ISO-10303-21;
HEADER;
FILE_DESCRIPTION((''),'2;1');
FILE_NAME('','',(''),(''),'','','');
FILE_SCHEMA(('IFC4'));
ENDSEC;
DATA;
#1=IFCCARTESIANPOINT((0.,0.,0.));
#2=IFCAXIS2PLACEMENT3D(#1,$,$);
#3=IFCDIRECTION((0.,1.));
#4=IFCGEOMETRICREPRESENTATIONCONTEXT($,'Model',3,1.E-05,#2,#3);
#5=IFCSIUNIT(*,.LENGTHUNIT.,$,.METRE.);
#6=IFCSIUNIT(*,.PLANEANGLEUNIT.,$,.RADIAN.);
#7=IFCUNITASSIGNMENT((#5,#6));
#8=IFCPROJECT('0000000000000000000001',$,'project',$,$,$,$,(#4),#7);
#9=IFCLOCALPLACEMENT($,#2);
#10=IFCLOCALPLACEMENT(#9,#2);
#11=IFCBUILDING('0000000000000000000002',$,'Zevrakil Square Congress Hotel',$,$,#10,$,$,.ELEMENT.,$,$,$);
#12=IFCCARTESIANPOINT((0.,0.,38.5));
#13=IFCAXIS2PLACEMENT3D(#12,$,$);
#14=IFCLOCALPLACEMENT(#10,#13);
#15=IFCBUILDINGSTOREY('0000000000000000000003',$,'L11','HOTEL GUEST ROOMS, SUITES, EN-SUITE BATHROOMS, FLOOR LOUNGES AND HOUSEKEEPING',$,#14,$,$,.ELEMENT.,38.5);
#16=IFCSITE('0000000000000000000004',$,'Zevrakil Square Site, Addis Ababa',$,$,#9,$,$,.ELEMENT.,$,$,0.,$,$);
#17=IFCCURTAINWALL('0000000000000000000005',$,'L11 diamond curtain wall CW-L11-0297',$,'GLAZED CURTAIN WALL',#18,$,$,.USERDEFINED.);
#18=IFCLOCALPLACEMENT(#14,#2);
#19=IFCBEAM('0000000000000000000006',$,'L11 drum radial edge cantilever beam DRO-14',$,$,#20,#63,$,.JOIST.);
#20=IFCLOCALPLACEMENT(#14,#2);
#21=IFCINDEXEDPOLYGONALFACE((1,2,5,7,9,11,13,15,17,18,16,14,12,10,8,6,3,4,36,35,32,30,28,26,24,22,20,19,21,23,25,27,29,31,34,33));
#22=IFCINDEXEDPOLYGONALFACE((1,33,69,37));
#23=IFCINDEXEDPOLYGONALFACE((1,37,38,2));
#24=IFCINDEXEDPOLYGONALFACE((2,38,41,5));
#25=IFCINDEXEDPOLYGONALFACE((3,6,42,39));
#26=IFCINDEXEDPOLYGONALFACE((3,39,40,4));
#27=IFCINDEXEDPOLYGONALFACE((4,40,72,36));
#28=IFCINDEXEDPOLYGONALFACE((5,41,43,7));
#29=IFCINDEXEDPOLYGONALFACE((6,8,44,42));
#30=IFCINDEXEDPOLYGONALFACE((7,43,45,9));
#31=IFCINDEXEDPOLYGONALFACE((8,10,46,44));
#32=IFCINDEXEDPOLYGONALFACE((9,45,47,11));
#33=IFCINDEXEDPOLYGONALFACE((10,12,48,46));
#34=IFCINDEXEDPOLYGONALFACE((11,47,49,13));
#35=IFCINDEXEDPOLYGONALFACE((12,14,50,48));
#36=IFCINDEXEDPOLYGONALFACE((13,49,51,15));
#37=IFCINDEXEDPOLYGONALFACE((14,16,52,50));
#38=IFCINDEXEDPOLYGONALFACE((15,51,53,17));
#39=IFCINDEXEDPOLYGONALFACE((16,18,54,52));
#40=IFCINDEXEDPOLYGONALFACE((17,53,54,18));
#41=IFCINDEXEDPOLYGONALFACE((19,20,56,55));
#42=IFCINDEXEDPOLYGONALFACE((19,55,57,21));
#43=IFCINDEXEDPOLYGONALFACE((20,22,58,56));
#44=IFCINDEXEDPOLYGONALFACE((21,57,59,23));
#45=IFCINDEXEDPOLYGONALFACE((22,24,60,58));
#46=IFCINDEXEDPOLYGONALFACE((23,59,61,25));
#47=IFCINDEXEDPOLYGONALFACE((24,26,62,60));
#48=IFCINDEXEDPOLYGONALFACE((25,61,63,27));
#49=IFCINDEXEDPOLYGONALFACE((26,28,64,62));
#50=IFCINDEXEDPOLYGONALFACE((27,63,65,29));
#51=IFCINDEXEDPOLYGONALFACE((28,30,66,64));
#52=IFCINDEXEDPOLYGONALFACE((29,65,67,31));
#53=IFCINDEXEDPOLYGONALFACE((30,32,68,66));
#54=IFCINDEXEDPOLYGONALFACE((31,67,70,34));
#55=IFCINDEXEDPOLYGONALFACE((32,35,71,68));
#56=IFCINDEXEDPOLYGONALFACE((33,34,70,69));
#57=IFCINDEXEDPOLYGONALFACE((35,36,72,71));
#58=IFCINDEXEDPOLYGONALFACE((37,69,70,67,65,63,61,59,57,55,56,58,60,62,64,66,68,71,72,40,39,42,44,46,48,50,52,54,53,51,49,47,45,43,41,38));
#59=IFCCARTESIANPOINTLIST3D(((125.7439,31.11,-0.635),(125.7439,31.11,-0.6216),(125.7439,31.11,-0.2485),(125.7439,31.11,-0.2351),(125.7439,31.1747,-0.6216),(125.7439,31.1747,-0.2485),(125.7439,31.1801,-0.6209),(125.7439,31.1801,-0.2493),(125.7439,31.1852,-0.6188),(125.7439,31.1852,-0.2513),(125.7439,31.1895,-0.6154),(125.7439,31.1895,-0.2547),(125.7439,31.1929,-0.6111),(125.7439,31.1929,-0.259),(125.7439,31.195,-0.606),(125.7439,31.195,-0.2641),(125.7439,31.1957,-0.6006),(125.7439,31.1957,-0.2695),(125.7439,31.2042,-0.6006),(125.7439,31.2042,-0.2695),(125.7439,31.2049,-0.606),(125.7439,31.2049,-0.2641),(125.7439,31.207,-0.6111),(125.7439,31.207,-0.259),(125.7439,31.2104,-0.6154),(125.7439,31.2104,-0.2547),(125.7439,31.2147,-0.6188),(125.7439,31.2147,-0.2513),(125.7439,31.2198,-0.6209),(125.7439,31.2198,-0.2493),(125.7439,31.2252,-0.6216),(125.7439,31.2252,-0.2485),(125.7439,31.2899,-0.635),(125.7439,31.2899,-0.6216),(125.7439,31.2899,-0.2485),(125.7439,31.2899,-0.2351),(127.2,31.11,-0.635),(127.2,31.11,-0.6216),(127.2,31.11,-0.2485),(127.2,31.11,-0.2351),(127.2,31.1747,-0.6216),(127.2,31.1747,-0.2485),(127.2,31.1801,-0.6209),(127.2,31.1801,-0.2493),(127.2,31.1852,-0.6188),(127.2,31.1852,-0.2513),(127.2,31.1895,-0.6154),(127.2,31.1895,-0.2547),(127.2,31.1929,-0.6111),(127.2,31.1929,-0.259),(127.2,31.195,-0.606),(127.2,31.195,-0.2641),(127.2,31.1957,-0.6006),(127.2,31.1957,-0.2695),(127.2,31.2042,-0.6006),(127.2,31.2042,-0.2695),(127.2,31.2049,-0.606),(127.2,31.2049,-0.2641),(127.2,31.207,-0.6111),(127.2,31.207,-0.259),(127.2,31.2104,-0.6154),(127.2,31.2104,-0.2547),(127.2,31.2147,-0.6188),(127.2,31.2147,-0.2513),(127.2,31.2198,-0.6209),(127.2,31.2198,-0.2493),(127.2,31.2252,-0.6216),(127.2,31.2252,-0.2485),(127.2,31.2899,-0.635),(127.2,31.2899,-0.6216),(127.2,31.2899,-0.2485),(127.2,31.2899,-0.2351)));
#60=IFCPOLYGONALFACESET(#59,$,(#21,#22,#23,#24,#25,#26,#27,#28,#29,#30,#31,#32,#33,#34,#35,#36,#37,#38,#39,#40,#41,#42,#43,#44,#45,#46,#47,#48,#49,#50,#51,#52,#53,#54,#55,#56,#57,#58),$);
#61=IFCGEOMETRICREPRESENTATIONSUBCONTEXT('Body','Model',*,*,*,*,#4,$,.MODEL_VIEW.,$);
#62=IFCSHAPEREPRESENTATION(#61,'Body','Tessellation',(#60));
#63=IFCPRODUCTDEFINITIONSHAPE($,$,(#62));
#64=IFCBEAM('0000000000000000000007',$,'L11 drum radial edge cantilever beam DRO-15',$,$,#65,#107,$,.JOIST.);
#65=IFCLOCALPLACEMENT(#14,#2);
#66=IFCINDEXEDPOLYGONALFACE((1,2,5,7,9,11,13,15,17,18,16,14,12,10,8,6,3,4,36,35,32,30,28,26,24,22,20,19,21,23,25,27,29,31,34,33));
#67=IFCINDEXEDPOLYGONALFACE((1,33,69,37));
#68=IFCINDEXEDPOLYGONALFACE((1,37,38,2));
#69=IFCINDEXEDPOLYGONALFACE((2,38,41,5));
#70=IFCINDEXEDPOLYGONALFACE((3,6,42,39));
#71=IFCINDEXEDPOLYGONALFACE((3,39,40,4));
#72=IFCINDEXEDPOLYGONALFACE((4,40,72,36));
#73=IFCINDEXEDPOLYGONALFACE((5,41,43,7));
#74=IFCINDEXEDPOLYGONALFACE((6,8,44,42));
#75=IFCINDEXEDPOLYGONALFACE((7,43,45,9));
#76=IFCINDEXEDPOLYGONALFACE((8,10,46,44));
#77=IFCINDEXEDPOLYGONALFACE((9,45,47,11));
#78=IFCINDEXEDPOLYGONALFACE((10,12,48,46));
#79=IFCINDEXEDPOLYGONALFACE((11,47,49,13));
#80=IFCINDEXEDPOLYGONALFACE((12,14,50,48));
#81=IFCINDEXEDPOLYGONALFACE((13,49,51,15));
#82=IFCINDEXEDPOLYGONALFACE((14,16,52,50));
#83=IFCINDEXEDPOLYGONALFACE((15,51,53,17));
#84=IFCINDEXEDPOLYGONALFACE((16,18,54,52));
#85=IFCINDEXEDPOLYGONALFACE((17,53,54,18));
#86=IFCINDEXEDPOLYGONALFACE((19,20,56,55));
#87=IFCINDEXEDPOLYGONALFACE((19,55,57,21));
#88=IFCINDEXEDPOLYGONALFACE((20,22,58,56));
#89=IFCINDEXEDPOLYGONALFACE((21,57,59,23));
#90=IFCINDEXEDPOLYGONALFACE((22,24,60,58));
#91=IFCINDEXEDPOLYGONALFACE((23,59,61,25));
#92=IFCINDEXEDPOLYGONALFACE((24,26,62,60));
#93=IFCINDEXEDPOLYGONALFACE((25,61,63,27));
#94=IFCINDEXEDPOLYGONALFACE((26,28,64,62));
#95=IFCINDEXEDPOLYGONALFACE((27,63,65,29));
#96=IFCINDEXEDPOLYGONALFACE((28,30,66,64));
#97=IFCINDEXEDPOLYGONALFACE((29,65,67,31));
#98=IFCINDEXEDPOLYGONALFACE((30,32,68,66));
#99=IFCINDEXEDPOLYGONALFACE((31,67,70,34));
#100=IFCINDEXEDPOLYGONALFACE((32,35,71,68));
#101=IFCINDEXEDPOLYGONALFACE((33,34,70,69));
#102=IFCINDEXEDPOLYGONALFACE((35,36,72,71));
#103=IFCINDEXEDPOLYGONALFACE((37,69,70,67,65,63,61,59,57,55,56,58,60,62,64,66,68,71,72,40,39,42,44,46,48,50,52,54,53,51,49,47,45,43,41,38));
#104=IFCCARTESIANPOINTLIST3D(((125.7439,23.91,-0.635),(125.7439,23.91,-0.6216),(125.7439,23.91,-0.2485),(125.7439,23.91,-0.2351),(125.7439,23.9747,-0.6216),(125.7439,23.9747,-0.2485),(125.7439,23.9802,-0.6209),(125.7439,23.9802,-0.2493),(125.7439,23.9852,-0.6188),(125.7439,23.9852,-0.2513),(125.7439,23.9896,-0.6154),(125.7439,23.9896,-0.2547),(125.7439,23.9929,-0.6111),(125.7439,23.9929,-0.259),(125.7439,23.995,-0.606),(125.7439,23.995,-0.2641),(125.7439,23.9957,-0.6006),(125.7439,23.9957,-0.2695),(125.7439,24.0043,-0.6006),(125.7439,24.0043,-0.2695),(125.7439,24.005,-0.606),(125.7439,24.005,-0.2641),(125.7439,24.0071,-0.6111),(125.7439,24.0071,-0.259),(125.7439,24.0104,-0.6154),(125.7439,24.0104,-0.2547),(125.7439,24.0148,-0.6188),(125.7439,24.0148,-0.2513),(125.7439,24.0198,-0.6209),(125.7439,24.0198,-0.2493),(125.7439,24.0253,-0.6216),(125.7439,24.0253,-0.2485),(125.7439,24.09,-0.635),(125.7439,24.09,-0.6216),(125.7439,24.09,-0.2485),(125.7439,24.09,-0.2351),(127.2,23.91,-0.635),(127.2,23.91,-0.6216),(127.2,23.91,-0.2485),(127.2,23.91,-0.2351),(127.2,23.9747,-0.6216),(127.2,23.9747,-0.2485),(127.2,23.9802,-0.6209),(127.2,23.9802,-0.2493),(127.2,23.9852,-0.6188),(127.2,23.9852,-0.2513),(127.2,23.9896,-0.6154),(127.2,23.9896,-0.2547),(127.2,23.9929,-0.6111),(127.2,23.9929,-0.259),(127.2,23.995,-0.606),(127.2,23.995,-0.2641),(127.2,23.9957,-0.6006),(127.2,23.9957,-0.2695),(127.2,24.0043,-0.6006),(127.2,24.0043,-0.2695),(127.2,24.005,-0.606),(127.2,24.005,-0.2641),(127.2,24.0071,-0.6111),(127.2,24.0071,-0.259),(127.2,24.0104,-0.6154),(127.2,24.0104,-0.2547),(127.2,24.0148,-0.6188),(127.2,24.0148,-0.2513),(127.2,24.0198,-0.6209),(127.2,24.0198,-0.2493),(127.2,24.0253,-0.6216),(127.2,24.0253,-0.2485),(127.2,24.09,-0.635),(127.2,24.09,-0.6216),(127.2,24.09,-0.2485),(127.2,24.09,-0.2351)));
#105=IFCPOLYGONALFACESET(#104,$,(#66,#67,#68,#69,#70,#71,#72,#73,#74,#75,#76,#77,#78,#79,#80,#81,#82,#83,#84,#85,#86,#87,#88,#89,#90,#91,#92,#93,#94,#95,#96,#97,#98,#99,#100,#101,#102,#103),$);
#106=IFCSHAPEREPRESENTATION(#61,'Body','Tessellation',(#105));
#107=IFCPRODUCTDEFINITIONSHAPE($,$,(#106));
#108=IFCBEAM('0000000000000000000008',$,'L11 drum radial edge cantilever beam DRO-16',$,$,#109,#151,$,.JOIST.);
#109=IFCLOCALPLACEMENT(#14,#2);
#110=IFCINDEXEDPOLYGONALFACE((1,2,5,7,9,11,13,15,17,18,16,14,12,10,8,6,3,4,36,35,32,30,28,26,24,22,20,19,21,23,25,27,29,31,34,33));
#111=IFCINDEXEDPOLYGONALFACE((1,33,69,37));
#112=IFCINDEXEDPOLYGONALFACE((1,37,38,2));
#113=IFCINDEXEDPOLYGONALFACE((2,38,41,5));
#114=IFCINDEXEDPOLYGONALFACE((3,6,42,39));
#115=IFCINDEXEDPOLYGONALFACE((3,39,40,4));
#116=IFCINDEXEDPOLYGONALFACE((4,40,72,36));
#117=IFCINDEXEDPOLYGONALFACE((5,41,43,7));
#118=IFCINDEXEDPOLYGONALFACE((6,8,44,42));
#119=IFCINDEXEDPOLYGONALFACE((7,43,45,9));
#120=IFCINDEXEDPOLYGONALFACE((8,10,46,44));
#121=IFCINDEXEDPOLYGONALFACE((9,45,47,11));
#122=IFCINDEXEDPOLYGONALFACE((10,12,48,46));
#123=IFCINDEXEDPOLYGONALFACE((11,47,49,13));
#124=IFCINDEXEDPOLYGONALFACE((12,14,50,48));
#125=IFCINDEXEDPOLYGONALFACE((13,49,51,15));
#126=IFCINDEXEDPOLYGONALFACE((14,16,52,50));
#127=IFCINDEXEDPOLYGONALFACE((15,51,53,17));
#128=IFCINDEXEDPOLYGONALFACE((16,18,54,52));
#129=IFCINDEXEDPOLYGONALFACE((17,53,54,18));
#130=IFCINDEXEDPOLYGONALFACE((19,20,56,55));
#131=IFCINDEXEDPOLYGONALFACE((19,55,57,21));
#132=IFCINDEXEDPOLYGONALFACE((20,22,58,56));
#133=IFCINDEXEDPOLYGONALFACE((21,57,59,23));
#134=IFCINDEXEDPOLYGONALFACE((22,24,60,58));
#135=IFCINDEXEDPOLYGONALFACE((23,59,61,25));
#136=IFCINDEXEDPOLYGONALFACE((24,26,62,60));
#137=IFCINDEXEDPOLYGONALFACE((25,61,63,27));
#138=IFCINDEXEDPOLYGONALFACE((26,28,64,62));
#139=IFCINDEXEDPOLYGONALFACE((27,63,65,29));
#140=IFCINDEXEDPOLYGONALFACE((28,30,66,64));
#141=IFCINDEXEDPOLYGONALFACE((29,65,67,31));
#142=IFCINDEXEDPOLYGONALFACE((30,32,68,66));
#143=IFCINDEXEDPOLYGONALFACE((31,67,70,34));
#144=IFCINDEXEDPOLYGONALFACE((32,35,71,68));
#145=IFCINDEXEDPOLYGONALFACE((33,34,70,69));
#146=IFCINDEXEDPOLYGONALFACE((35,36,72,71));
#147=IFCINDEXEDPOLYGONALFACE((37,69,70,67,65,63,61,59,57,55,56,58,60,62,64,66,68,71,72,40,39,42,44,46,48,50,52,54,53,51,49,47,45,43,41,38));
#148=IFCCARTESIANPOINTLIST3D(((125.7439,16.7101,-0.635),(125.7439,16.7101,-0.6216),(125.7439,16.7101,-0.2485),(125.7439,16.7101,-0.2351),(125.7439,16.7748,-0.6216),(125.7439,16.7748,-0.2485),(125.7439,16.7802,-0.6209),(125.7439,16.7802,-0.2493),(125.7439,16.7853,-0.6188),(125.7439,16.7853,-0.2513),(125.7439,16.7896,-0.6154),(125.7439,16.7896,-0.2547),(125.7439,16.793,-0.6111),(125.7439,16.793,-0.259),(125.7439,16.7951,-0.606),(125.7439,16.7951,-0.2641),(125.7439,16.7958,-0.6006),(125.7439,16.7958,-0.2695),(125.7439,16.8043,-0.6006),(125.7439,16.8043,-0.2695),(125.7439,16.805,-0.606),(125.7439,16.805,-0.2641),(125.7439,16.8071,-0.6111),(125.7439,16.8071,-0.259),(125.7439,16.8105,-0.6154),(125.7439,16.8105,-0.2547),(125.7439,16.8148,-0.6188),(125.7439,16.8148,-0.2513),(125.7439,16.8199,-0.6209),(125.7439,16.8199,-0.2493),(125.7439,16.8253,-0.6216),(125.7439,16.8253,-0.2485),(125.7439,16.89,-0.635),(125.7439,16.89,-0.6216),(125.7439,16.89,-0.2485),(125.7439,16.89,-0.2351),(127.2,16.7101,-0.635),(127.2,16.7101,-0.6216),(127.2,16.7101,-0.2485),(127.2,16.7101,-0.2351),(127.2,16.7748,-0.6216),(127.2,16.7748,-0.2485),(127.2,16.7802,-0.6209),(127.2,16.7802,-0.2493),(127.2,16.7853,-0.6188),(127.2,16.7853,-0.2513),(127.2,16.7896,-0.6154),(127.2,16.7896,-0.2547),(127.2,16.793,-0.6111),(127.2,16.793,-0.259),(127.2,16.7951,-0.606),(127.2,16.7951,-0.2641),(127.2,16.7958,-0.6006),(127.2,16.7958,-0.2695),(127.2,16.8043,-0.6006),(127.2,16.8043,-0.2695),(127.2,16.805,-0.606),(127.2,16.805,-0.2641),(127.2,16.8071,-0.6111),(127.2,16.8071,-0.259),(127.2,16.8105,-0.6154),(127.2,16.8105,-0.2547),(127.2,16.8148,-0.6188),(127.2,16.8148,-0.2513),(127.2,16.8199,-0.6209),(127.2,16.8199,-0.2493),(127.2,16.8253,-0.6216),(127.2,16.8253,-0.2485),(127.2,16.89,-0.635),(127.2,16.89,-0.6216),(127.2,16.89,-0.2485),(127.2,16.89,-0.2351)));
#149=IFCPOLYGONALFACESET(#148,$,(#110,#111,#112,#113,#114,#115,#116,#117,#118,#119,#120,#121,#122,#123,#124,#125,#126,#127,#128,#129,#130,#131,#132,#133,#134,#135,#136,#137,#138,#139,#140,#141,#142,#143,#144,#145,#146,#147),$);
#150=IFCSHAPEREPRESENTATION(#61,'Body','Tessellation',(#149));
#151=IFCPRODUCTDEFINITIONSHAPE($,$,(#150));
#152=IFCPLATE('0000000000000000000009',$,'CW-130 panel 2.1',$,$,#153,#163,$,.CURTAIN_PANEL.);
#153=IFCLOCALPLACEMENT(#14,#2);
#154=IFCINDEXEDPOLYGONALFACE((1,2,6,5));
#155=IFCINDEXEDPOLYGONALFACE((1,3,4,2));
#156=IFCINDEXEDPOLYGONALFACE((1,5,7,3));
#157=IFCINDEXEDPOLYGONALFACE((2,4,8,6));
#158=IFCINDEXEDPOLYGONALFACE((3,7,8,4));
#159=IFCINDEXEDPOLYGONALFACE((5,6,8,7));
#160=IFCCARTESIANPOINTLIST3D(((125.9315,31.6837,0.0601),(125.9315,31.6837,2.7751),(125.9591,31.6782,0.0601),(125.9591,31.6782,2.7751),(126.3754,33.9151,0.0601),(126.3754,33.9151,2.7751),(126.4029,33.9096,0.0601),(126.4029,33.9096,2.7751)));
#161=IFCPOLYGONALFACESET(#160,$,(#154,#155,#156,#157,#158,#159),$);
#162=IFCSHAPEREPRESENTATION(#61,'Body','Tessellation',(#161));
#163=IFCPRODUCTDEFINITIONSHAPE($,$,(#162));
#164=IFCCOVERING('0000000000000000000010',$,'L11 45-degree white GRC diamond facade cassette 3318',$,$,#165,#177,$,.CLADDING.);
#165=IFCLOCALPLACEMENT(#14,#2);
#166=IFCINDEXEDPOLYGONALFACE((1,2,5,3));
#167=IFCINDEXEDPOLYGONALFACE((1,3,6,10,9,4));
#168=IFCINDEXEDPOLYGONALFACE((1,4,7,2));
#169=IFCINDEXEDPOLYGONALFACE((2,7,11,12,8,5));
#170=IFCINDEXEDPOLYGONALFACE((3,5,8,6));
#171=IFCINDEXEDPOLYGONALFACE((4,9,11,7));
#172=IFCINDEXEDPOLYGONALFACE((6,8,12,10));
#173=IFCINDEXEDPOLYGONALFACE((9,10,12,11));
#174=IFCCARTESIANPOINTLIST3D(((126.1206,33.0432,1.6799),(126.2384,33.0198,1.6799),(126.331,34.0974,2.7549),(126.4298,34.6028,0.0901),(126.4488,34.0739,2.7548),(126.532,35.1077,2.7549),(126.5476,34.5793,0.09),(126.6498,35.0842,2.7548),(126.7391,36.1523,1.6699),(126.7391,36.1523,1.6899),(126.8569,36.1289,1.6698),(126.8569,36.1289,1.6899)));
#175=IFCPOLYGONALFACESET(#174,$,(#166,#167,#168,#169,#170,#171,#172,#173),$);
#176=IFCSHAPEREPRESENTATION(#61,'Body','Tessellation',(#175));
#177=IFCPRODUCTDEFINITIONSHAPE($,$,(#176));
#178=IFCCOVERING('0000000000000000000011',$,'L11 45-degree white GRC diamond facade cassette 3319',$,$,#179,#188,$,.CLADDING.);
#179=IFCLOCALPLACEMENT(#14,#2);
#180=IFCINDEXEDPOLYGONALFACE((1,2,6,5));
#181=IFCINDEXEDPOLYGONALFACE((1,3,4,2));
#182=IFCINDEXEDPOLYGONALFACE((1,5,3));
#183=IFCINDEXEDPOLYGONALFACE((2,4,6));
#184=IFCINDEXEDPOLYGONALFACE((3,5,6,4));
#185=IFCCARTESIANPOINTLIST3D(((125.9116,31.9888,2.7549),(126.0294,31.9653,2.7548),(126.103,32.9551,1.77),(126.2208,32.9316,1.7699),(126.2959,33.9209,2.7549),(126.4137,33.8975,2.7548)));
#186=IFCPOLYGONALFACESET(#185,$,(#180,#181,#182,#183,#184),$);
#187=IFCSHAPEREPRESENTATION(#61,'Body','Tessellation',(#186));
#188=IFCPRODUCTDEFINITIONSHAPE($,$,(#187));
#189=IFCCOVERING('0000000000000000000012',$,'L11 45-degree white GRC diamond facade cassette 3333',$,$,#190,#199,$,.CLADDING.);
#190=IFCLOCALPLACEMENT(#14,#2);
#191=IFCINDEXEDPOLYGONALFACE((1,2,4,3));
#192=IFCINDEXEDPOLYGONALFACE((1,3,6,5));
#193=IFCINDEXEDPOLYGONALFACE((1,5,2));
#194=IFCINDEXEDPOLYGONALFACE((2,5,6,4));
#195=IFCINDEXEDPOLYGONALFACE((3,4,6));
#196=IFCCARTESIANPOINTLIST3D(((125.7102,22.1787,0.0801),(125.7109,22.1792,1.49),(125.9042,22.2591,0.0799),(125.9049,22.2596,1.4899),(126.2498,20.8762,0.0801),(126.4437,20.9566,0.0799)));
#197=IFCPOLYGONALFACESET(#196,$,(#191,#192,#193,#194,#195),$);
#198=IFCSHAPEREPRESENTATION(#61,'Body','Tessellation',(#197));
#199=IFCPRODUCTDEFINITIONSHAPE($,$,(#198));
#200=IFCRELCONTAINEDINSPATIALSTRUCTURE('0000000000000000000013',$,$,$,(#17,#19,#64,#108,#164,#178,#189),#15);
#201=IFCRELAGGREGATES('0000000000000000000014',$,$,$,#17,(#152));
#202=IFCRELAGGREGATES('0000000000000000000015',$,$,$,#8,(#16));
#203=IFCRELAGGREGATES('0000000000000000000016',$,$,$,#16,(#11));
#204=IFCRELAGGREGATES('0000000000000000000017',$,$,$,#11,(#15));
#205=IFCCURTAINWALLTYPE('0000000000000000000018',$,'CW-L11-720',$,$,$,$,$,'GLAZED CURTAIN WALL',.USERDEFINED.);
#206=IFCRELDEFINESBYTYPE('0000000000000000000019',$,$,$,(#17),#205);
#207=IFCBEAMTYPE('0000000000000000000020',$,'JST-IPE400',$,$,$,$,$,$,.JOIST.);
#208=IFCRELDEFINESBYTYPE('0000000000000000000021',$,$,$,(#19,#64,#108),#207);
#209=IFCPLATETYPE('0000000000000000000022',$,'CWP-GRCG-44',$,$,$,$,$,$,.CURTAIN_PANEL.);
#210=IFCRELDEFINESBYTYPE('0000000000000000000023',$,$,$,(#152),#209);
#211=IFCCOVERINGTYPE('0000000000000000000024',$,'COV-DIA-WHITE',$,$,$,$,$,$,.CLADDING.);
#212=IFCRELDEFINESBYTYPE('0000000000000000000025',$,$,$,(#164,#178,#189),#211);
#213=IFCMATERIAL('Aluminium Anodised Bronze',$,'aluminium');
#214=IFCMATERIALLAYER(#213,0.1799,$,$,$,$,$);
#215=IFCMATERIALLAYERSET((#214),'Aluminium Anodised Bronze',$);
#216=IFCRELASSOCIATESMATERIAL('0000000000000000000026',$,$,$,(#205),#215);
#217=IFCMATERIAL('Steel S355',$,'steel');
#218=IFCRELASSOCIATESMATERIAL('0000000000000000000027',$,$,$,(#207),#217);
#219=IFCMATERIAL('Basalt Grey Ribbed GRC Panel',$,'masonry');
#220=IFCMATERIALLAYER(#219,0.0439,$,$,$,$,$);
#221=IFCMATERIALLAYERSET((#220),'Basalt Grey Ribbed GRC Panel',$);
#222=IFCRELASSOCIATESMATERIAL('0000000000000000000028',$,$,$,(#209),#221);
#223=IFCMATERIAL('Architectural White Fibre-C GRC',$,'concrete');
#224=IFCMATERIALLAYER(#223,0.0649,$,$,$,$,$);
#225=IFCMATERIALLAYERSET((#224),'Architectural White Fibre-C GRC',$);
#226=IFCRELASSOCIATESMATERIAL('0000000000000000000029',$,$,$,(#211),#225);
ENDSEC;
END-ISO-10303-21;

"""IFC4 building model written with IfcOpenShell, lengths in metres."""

from ifc_helpers import new_model, si_unit, direction, frame, origin, origin_2d, place, context, subcontext, project, spatial, polyline, rectangle, i_section, outline, extrude, material, layer, layer_set, material_profile, profile_set, type_object, element, aggregate, save


model = new_model("IFC4")

# Units and contexts
model_context = context("Model", 3, precision=1e-05, world=origin(), true_north=direction((0.0, 1.0)))
body_context = subcontext(model_context, "Body", "Model", "MODEL_VIEW")
ifc_project = project(units=[si_unit("LENGTHUNIT", "METRE"), si_unit("PLANEANGLEUNIT", "RADIAN")], contexts=[model_context])

# Site, building, storey
site_placement = place(None, origin())
site = spatial("IfcSite", under=ifc_project, at=site_placement, Name="Zevrakil Square Site, Addis Ababa", CompositionType="ELEMENT", RefElevation=0.0)
building_placement = place(site_placement, origin())
building = spatial("IfcBuilding", under=site, at=building_placement, Name="Zevrakil Square Congress Hotel", CompositionType="ELEMENT")
storey_placement = place(building_placement, frame((0.0, 0.0, 38.5)))
storey = spatial("IfcBuildingStorey", under=building, at=storey_placement, Name="L11", Description="HOTEL GUEST ROOMS, SUITES, EN-SUITE BATHROOMS, FLOOR LOUNGES AND HOUSEKEEPING", CompositionType="ELEMENT", Elevation=38.5)

# Curtain wall
ifc_material_1 = material(Name="Aluminium Anodised Bronze", Category="aluminium")
ifc_layer_1 = layer(ifc_material_1, 0.1799)
ifc_layer_set_1 = layer_set([ifc_layer_1], Name="Aluminium Anodised Bronze")
curtain_wall_type = type_object("IfcCurtainWallType", Name="CW-L11-720", ElementType="GLAZED CURTAIN WALL", PredefinedType="USERDEFINED", material=ifc_layer_set_1)
curtain_wall_1_placement = place(storey_placement, origin())
curtain_wall_1 = element("IfcCurtainWall", 1, at=curtain_wall_1_placement, inside=storey, type_object=curtain_wall_type, Name="L11 diamond curtain wall CW-L11-0297", ObjectType="GLAZED CURTAIN WALL", PredefinedType="USERDEFINED")

# Beams
ifc_material_2 = material(Name="Steel S355", Category="steel")
ifc_material_profile_1 = material_profile(ifc_material_2, i_section(OverallWidth=0.1799, OverallDepth=0.3999, WebThickness=0.0085, FlangeThickness=0.0134, FilletRadius=0.021, at=origin_2d()), Name="IPE 400")
ifc_profile_set_1 = profile_set([ifc_material_profile_1], Name="Steel S355")
beam_type_1 = type_object("IfcBeamType", Name="JST-IPE400", PredefinedType="JOIST", material=ifc_profile_set_1)
for number, where, z_axis, x_axis, name in (
    (2, (127.2, 31.2, -0.4351), (-1.0, 0.0, 0.0), (0.0, -1.0, 0.0), "L11 drum radial edge cantilever beam DRO-14"),
    (3, (127.2, 24.0, -0.4351), (-1.0, 0.0, 0.0), (0.0, -1.0, 0.0), "L11 drum radial edge cantilever beam DRO-15"),
    (4, (127.2, 16.8, -0.4351), (-1.0, 0.0, 0.0), (0.0, -1.0, 0.0), "L11 drum radial edge cantilever beam DRO-16"),
):
    element("IfcBeam", number, at=place(storey_placement, frame(where, z_axis=z_axis, x_axis=x_axis)), inside=storey, type_object=beam_type_1, Name=name, PredefinedType="JOIST", context=body_context, shape_type="SweptSolid", body=[
        extrude(i_section(OverallWidth=0.1799, OverallDepth=0.3999, WebThickness=0.0085, FlangeThickness=0.0134, FilletRadius=0.021, at=origin_2d()), origin(), (0.0, 0.0, 1.0), 1.4561),
    ])

# Plate
ifc_material_3 = material(Name="Basalt Grey Ribbed GRC Panel", Category="masonry")
ifc_layer_2 = layer(ifc_material_3, 0.0439)
ifc_layer_set_2 = layer_set([ifc_layer_2], Name="Basalt Grey Ribbed GRC Panel")
plate_type = type_object("IfcPlateType", Name="CWP-GRCG-44", PredefinedType="CURTAIN_PANEL", material=ifc_layer_set_2)
plate_placement = place(storey_placement, frame((126.1672, 32.7966, 0.0601), z_axis=(0.0, 0.0, 1.0), x_axis=(-0.195084, -0.980787, 0.0)))
plate = element("IfcPlate", 5, at=plate_placement, type_object=plate_type, Name="CW-130 panel 2.1", PredefinedType="CURTAIN_PANEL", context=body_context, shape_type="SweptSolid", body=[
    extrude(rectangle(XDim=2.2751, YDim=0.0281, at=origin_2d()), origin(), (0.0, 0.0, 1.0), 2.7151),
])
aggregate(curtain_wall_1, [plate])

# Coverings
ifc_material_4 = material(Name="Architectural White Fibre-C GRC", Category="concrete")
ifc_layer_3 = layer(ifc_material_4, 0.0649)
ifc_layer_set_3 = layer_set([ifc_layer_3], Name="Architectural White Fibre-C GRC")
covering_type_1 = type_object("IfcCoveringType", Name="COV-DIA-WHITE", PredefinedType="CLADDING", material=ifc_layer_set_3)
covering_1_placement = place(storey_placement, frame((126.1206, 33.0432, 1.6799), z_axis=(-0.980782, 0.195105, 0.000638), x_axis=(0.13752, 0.693619, -0.707094)))
element("IfcCovering", 6, at=covering_1_placement, inside=storey, type_object=covering_type_1, Name="L11 45-degree white GRC diamond facade cassette 3318", PredefinedType="CLADDING", context=body_context, shape_type="SweptSolid", body=[
    extrude(outline(polyline([(0.0, 0.0), (2.2484, 0.0), (2.2487, -2.2344), (2.2345, -2.2486), (0.7284, -2.2486), (0.0, -1.5202), (0.0, 0.0)])), origin(), (0.0, 0.0, -1.0), 0.1201),
])
covering_2_placement = place(storey_placement, frame((126.103, 32.9551, 1.77), z_axis=(-0.98079, 0.195067, 0.000778), x_axis=(0.138475, 0.693425, 0.707097)))
element("IfcCovering", 7, at=covering_2_placement, inside=storey, type_object=covering_type_1, Name="L11 45-degree white GRC diamond facade cassette 3319", PredefinedType="CLADDING", context=body_context, shape_type="SweptSolid", body=[
    extrude(outline(polyline([(0.0, 0.0), (1.3928, 0.0), (-0.0002, -1.393), (0.0, 0.0)])), origin(), (0.0, 0.0, -1.0), 0.1201),
])
covering_3_placement = place(storey_placement, frame((126.2498, 20.8762, 0.0801), z_axis=(-0.923869, -0.382709, 0.000612), x_axis=(-0.382709, 0.923869, 0.0)))
element("IfcCovering", 8, at=covering_3_placement, inside=storey, type_object=covering_type_1, Name="L11 45-degree white GRC diamond facade cassette 3333", PredefinedType="CLADDING", context=body_context, shape_type="SweptSolid", body=[
    extrude(outline(polyline([(0.0, 0.0), (1.4098, 0.0), (1.41, -1.4099), (0.0, 0.0)])), origin(), (0.0, 0.0, -1.0), 0.21),
])

save(model, "model.ifc")
